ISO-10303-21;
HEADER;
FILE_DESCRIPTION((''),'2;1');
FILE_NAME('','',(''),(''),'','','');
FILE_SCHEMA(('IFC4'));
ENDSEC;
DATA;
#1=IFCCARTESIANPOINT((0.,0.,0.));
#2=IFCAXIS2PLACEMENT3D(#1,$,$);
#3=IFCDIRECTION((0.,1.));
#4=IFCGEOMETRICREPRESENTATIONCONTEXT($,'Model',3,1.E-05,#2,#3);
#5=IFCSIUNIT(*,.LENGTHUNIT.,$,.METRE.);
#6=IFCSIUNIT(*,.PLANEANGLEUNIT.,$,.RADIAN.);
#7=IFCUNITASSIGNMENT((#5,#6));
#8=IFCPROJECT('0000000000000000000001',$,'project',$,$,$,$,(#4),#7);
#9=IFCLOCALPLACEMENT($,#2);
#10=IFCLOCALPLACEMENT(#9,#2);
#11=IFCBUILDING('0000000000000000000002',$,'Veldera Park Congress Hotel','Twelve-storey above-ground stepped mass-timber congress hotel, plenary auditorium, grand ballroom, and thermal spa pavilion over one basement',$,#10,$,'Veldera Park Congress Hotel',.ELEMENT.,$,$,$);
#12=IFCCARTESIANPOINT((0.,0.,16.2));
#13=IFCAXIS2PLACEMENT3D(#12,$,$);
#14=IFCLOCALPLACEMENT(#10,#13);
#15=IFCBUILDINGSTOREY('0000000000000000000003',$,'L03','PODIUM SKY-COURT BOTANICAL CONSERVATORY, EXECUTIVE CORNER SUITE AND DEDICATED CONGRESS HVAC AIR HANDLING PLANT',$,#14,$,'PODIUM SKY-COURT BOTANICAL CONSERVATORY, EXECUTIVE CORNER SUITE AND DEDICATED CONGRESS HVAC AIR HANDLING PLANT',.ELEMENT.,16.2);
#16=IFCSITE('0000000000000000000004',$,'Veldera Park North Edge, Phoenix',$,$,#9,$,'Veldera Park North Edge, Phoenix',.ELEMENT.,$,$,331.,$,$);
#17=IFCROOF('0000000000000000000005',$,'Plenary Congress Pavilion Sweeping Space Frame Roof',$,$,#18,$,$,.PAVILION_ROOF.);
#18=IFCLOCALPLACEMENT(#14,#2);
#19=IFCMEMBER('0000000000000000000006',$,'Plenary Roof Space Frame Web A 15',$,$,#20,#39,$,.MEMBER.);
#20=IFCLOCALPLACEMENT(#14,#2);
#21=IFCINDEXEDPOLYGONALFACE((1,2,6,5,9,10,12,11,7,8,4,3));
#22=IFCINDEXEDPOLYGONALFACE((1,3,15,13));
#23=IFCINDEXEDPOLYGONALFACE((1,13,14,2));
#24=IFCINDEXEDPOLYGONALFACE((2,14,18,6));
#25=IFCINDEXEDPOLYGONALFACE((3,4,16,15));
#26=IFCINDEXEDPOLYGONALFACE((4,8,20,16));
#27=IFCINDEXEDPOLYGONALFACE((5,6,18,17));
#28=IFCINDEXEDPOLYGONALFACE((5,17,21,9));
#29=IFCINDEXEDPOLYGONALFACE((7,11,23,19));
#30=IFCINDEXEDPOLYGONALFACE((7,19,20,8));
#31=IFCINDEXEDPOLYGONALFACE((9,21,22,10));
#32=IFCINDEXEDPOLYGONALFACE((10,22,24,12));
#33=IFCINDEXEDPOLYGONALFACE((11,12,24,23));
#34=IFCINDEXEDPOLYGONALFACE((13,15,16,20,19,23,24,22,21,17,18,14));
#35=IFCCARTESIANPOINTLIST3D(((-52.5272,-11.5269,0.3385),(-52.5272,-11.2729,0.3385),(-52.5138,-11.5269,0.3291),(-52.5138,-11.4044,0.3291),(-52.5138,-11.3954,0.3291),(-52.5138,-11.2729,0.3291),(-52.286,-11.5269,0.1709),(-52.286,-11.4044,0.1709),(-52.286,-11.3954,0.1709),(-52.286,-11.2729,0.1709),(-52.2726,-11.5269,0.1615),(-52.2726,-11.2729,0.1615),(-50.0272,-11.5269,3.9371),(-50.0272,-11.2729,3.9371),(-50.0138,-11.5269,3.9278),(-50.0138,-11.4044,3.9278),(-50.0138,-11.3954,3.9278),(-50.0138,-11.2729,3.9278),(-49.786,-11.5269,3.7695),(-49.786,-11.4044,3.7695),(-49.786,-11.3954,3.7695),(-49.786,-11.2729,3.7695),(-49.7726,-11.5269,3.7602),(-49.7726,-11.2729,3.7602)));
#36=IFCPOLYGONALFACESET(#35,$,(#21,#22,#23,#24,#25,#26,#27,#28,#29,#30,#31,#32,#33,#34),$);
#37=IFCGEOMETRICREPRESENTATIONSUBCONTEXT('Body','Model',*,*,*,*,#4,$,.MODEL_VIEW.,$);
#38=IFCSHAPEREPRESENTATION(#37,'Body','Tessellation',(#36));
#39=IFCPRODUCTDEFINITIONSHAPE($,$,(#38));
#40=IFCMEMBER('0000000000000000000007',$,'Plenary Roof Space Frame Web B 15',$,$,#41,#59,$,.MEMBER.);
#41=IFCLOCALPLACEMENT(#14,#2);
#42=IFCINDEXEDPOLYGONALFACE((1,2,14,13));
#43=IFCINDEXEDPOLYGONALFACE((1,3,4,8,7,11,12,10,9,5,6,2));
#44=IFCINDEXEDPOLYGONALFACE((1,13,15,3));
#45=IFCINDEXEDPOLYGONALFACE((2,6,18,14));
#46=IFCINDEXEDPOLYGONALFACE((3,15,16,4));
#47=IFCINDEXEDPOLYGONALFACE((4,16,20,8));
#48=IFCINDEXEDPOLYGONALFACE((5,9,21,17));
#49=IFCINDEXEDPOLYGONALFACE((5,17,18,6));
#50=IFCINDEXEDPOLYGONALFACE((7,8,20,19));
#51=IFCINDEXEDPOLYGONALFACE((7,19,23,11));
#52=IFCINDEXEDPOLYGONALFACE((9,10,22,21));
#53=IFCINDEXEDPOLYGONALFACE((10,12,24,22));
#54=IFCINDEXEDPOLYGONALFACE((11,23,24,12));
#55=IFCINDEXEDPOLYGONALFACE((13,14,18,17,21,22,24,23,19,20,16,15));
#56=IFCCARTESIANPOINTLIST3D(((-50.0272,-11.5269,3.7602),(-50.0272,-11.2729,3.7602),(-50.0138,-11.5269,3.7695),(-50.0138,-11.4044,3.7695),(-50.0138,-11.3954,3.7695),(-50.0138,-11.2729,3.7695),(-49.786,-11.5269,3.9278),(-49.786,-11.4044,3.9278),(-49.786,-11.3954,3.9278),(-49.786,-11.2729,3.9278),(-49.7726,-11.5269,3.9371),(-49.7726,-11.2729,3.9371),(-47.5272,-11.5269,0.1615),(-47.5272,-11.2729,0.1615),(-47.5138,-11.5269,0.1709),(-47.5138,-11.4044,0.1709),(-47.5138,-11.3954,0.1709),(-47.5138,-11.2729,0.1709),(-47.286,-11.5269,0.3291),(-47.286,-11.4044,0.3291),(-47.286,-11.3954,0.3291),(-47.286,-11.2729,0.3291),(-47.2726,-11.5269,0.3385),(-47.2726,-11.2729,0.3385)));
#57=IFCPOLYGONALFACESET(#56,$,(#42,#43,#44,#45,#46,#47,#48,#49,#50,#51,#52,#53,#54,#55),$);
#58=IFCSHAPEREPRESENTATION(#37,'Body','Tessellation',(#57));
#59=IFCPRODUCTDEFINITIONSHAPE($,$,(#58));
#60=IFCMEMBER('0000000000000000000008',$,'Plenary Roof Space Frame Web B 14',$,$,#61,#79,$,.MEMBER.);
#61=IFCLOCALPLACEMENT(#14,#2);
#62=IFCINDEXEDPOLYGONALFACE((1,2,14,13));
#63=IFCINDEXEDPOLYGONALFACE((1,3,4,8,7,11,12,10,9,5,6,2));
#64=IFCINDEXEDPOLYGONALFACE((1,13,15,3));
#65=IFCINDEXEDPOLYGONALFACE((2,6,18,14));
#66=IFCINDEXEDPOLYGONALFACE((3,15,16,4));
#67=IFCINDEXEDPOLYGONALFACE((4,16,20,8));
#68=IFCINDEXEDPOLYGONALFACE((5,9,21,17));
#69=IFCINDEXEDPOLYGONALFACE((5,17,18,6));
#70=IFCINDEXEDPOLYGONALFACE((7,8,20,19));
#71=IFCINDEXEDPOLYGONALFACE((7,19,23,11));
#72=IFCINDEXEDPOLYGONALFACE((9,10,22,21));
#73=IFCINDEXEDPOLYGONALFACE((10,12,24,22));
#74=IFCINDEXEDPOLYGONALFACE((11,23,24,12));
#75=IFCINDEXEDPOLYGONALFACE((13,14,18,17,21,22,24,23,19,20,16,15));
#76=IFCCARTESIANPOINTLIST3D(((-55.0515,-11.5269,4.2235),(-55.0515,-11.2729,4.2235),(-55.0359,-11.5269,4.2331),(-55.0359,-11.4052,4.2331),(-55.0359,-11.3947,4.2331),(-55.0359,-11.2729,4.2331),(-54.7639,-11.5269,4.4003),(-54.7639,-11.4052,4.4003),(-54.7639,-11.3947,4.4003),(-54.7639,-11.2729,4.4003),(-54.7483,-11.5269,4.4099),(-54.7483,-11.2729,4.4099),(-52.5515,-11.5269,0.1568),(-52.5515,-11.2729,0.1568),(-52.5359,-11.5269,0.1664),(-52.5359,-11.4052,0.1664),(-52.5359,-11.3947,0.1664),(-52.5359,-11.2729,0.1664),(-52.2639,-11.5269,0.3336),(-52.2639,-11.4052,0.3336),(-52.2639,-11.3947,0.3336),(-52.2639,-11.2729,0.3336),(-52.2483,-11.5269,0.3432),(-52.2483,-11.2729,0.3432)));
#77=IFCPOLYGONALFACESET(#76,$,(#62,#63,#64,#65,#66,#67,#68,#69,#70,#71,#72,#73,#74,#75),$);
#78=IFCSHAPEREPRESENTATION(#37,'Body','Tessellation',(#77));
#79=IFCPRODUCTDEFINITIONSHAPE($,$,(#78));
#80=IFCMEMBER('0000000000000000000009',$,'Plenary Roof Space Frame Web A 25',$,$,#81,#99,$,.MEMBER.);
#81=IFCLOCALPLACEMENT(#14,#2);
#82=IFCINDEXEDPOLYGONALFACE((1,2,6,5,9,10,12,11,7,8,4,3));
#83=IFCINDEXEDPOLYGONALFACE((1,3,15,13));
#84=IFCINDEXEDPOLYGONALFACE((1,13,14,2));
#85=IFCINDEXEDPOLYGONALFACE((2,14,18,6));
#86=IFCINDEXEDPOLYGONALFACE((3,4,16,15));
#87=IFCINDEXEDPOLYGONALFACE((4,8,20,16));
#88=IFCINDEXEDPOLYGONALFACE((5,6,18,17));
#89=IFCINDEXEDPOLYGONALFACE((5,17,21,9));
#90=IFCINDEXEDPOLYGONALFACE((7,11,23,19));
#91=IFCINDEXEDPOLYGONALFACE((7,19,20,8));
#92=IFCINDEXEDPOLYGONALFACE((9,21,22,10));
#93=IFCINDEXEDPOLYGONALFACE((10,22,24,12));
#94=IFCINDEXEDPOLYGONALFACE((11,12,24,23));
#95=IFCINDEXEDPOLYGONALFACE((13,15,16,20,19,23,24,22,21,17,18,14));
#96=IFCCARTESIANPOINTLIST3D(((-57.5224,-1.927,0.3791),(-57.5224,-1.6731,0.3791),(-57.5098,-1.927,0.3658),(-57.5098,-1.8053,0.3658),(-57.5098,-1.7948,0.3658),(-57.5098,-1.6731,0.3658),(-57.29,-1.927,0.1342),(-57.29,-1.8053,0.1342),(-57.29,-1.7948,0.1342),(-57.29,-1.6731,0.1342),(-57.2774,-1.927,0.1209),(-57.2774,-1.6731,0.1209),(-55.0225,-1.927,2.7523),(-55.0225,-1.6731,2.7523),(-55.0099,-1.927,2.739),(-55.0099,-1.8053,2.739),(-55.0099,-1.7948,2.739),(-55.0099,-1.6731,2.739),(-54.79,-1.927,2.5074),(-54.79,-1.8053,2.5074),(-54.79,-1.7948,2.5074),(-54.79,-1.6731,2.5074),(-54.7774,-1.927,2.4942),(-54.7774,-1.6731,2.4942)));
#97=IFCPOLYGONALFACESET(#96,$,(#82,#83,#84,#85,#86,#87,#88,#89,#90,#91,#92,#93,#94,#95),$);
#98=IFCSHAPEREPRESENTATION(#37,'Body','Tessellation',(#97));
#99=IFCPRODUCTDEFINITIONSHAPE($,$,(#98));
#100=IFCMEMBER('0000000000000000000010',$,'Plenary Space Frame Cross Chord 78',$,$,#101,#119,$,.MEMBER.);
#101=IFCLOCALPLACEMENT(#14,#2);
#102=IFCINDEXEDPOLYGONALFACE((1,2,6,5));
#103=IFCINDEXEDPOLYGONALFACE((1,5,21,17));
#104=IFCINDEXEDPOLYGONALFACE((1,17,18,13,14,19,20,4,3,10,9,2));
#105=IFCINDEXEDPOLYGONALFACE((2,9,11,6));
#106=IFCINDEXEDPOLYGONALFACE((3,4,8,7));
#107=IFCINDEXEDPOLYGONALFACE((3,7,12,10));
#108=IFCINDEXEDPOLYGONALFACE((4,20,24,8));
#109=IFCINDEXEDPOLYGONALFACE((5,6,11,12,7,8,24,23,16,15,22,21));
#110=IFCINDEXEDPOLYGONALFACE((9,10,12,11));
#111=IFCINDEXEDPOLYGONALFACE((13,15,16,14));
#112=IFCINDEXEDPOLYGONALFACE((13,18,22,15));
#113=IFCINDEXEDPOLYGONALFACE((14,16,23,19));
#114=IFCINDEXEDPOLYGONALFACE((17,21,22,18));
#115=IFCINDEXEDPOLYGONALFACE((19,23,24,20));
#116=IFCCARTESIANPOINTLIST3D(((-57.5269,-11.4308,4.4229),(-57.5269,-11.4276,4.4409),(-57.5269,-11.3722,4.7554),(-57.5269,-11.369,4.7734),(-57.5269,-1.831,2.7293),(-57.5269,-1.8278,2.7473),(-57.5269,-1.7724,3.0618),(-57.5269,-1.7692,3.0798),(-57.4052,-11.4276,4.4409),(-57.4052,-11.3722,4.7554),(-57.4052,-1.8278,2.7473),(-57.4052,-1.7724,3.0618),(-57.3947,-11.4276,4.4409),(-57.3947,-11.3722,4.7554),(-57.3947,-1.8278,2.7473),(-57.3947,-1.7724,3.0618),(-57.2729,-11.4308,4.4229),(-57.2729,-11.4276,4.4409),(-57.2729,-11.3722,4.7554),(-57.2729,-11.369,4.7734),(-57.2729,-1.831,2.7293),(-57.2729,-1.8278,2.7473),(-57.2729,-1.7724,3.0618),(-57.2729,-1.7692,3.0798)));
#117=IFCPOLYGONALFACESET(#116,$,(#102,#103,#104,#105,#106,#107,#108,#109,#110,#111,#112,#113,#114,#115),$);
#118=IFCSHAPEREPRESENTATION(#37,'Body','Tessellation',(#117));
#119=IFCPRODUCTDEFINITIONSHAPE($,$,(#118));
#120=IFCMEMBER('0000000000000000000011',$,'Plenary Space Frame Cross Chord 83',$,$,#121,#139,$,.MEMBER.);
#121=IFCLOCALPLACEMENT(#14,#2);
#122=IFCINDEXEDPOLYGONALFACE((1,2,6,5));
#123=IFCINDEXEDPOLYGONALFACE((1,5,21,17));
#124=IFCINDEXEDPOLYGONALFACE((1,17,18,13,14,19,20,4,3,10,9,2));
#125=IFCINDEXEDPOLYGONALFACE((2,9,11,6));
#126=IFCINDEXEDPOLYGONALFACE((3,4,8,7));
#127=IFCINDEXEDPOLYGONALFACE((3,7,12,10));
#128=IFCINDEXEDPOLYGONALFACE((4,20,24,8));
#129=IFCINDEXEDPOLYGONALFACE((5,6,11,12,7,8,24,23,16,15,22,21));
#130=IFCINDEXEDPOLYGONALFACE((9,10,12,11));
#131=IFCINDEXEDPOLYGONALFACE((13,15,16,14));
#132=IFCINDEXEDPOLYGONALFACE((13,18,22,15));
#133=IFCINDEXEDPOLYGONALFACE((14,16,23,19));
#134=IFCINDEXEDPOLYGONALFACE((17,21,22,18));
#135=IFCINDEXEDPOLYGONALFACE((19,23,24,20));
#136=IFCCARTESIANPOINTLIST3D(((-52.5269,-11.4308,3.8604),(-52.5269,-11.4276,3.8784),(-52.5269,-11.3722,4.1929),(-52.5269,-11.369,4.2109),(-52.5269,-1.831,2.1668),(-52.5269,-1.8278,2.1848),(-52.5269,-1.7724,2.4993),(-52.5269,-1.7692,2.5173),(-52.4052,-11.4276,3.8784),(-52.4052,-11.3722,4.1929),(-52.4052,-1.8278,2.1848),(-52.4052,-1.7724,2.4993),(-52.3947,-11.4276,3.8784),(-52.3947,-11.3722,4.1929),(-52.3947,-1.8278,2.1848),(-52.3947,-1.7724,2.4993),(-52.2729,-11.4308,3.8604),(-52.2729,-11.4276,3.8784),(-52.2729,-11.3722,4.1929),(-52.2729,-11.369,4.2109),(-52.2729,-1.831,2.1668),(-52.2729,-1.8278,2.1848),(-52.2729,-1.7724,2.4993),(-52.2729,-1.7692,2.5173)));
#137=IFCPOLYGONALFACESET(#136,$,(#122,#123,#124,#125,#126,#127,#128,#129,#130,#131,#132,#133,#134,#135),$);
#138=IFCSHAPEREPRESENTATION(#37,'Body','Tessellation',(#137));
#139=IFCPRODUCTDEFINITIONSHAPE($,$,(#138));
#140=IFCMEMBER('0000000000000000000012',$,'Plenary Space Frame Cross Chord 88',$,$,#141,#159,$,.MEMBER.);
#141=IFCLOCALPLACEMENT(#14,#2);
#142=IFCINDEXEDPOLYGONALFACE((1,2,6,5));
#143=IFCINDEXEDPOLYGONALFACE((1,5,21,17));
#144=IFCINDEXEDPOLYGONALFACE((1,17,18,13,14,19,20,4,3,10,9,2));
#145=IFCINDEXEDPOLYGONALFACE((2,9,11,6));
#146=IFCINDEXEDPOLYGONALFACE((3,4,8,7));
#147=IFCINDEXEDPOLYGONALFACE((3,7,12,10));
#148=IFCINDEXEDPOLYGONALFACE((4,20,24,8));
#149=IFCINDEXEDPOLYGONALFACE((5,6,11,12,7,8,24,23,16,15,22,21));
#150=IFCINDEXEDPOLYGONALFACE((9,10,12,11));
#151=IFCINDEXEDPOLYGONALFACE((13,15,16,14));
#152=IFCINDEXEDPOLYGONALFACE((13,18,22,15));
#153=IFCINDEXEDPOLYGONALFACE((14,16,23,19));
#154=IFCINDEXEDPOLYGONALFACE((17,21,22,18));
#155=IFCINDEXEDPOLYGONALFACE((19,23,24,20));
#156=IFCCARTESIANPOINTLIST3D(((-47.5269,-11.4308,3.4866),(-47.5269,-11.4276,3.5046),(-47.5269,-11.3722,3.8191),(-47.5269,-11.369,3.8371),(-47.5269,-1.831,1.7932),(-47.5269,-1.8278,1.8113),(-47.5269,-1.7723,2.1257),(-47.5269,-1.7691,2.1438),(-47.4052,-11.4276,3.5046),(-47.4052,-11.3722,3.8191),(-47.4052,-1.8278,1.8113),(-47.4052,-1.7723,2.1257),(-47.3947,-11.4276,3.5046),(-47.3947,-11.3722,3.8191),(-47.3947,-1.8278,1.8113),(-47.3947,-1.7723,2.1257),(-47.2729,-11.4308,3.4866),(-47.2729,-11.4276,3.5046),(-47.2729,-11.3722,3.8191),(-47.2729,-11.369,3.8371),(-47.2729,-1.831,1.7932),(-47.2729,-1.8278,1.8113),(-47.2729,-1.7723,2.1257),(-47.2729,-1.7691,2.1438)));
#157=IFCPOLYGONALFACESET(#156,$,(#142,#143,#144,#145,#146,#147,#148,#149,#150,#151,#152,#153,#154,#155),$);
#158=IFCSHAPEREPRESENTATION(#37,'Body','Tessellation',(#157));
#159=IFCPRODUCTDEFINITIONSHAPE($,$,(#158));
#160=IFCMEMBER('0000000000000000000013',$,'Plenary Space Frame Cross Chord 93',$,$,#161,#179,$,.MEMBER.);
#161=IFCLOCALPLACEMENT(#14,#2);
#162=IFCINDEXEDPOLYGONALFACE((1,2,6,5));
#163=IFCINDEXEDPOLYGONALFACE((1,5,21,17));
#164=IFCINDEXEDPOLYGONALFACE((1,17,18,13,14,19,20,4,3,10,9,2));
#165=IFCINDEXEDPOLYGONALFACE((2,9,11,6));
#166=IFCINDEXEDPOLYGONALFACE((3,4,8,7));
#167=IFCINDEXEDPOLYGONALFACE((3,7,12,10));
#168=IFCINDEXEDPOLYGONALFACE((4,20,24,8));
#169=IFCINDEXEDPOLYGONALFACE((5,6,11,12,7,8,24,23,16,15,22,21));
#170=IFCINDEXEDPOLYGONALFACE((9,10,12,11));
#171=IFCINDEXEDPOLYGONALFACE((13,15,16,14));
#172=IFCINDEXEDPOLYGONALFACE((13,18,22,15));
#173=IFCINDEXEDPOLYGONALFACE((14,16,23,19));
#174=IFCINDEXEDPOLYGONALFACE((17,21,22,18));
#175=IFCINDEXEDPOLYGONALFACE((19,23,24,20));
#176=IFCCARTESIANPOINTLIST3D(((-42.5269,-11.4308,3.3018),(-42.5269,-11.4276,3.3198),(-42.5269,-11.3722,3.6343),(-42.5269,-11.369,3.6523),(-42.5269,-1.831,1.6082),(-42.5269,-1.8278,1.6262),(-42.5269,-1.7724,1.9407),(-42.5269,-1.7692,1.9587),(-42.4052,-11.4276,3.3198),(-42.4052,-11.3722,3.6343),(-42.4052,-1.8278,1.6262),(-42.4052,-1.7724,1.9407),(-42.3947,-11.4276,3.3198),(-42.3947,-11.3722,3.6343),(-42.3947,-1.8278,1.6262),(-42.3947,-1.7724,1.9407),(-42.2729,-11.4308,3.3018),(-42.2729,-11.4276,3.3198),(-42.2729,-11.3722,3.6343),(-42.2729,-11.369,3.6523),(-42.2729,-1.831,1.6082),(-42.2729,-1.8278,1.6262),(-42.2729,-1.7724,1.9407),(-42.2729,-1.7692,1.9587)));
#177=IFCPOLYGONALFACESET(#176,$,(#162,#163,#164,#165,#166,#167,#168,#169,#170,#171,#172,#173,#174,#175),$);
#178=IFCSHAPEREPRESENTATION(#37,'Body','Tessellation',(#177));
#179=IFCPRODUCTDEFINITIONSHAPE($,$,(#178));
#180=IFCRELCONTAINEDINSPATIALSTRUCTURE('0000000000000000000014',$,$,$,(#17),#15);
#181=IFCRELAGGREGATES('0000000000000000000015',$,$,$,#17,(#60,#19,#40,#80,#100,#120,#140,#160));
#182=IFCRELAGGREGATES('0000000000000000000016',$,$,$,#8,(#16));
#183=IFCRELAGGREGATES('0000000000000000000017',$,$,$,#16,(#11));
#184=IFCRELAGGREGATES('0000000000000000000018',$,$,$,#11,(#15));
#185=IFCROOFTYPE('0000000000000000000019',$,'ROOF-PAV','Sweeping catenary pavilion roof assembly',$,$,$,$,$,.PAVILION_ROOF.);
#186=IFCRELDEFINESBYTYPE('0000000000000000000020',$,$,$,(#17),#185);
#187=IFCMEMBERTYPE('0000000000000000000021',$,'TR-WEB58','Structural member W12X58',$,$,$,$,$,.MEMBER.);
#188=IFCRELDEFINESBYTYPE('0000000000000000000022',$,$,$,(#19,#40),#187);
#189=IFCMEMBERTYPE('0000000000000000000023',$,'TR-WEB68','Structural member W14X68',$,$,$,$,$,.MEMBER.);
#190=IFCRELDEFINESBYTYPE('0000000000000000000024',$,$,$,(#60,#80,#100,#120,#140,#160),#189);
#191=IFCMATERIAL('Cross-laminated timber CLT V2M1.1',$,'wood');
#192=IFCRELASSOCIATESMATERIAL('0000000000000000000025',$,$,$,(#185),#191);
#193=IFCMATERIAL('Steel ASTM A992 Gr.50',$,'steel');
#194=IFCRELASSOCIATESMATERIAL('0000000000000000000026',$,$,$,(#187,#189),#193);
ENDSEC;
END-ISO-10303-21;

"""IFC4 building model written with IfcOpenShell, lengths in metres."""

from ifc_helpers import new_model, si_unit, direction, frame, origin, origin_2d, place, context, subcontext, project, spatial, i_section, extrude, material, material_profile, profile_set, type_object, element, aggregate, save


model = new_model("IFC4")

# Units and contexts
model_context = context("Model", 3, precision=1e-05, world=origin(), true_north=direction((0.0, 1.0)))
body_context = subcontext(model_context, "Body", "Model", "MODEL_VIEW")
ifc_project = project(units=[si_unit("LENGTHUNIT", "METRE"), si_unit("PLANEANGLEUNIT", "RADIAN")], contexts=[model_context])

# Site, building, storey
site_placement = place(None, origin())
site = spatial("IfcSite", under=ifc_project, at=site_placement, Name="Veldera Park North Edge, Phoenix", LongName="Veldera Park North Edge, Phoenix", CompositionType="ELEMENT", RefElevation=331.0)
building_placement = place(site_placement, origin())
building = spatial("IfcBuilding", under=site, at=building_placement, Name="Veldera Park Congress Hotel", Description="Twelve-storey above-ground stepped mass-timber congress hotel, plenary auditorium, grand ballroom, and thermal spa pavilion over one basement", LongName="Veldera Park Congress Hotel", CompositionType="ELEMENT")
storey_placement = place(building_placement, frame((0.0, 0.0, 16.2)))
storey = spatial("IfcBuildingStorey", under=building, at=storey_placement, Name="L03", Description="PODIUM SKY-COURT BOTANICAL CONSERVATORY, EXECUTIVE CORNER SUITE AND DEDICATED CONGRESS HVAC AIR HANDLING PLANT", LongName="PODIUM SKY-COURT BOTANICAL CONSERVATORY, EXECUTIVE CORNER SUITE AND DEDICATED CONGRESS HVAC AIR HANDLING PLANT", CompositionType="ELEMENT", Elevation=16.2)

# Roof, members
ifc_material_1 = material(Name="Cross-laminated timber CLT V2M1.1", Category="wood")
roof_type = type_object("IfcRoofType", Name="ROOF-PAV", Description="Sweeping catenary pavilion roof assembly", PredefinedType="PAVILION_ROOF", material=ifc_material_1)
roof_placement = place(storey_placement, origin())
roof = element("IfcRoof", 1, at=roof_placement, inside=storey, type_object=roof_type, Name="Plenary Congress Pavilion Sweeping Space Frame Roof", PredefinedType="PAVILION_ROOF")
ifc_material_2 = material(Name="Steel ASTM A992 Gr.50", Category="steel")
ifc_material_profile_1 = material_profile(ifc_material_2, i_section(OverallWidth=0.2539, OverallDepth=0.3101, WebThickness=0.009, FlangeThickness=0.0164, at=origin_2d()), Name="W12X58")
ifc_profile_set_1 = profile_set([ifc_material_profile_1], Name="Steel ASTM A992 Gr.50")
member_type_1 = type_object("IfcMemberType", Name="TR-WEB58", Description="Structural member W12X58", PredefinedType="MEMBER", material=ifc_profile_set_1)
member_1_placement = place(storey_placement, frame((-52.3999, -11.3999, 0.25), z_axis=(0.570542, 0.0, 0.821268), x_axis=(0.0, 1.0, 0.0)))
member_1 = element("IfcMember", 2, at=member_1_placement, type_object=member_type_1, Name="Plenary Roof Space Frame Web A 15", PredefinedType="MEMBER", context=body_context, shape_type="SweptSolid", body=[
    extrude(i_section(OverallWidth=0.2539, OverallDepth=0.3101, WebThickness=0.009, FlangeThickness=0.0164, at=origin_2d()), origin(), (0.0, 0.0, 1.0), 4.3818),
])
member_2_placement = place(storey_placement, frame((-47.3999, -11.3999, 0.25), z_axis=(-0.570542, 0.0, 0.821268), x_axis=(0.0, -1.0, 0.0)))
member_2 = element("IfcMember", 3, at=member_2_placement, type_object=member_type_1, Name="Plenary Roof Space Frame Web B 15", PredefinedType="MEMBER", context=body_context, shape_type="SweptSolid", body=[
    extrude(i_section(OverallWidth=0.2539, OverallDepth=0.3101, WebThickness=0.009, FlangeThickness=0.0164, at=origin_2d()), origin(), (0.0, 0.0, 1.0), 4.3818),
])
ifc_material_profile_2 = material_profile(ifc_material_2, i_section(OverallWidth=0.2539, OverallDepth=0.356, WebThickness=0.0105, FlangeThickness=0.0183, at=origin_2d()), Name="W14X68")
ifc_profile_set_2 = profile_set([ifc_material_profile_2], Name="Steel ASTM A992 Gr.50")
member_type_2 = type_object("IfcMemberType", Name="TR-WEB68", Description="Structural member W14X68", PredefinedType="MEMBER", material=ifc_profile_set_2)
member_3_placement = place(storey_placement, frame((-52.3999, -11.3999, 0.25), z_axis=(-0.523709, 0.0, 0.851897), x_axis=(0.0, -1.0, 0.0)))
member_3 = element("IfcMember", 4, at=member_3_placement, type_object=member_type_2, Name="Plenary Roof Space Frame Web B 14", PredefinedType="MEMBER", context=body_context, shape_type="SweptSolid", body=[
    extrude(i_section(OverallWidth=0.2539, OverallDepth=0.356, WebThickness=0.0105, FlangeThickness=0.0183, at=origin_2d()), origin(), (0.0, 0.0, 1.0), 4.7737),
])
member_4_placement = place(storey_placement, frame((-57.3999, -1.8, 0.25), z_axis=(0.725247, 0.0, 0.688489), x_axis=(0.0, 1.0, 0.0)))
member_4 = element("IfcMember", 5, at=member_4_placement, type_object=member_type_2, Name="Plenary Roof Space Frame Web A 25", PredefinedType="MEMBER", context=body_context, shape_type="SweptSolid", body=[
    extrude(i_section(OverallWidth=0.2539, OverallDepth=0.356, WebThickness=0.0105, FlangeThickness=0.0183, at=origin_2d()), origin(), (0.0, 0.0, 1.0), 3.447),
])
member_5_placement = place(storey_placement, frame((-57.3999, -11.3999, 4.5981), z_axis=(0.0, 0.984792, -0.173737), x_axis=(-1.0, 0.0, 0.0)))
member_5 = element("IfcMember", 6, at=member_5_placement, type_object=member_type_2, Name="Plenary Space Frame Cross Chord 78", PredefinedType="MEMBER", context=body_context, shape_type="SweptSolid", body=[
    extrude(i_section(OverallWidth=0.2539, OverallDepth=0.356, WebThickness=0.0105, FlangeThickness=0.0183, at=origin_2d()), origin(), (0.0, 0.0, 1.0), 9.748),
])
member_6_placement = place(storey_placement, frame((-52.3999, -11.3999, 4.0356), z_axis=(0.0, 0.984792, -0.173737), x_axis=(-1.0, 0.0, 0.0)))
member_6 = element("IfcMember", 7, at=member_6_placement, type_object=member_type_2, Name="Plenary Space Frame Cross Chord 83", PredefinedType="MEMBER", context=body_context, shape_type="SweptSolid", body=[
    extrude(i_section(OverallWidth=0.2539, OverallDepth=0.356, WebThickness=0.0105, FlangeThickness=0.0183, at=origin_2d()), origin(), (0.0, 0.0, 1.0), 9.748),
])
member_7_placement = place(storey_placement, frame((-47.3999, -11.3999, 3.6619), z_axis=(0.0, 0.984796, -0.173712), x_axis=(-1.0, 0.0, 0.0)))
member_7 = element("IfcMember", 8, at=member_7_placement, type_object=member_type_2, Name="Plenary Space Frame Cross Chord 88", PredefinedType="MEMBER", context=body_context, shape_type="SweptSolid", body=[
    extrude(i_section(OverallWidth=0.2539, OverallDepth=0.356, WebThickness=0.0105, FlangeThickness=0.0183, at=origin_2d()), origin(), (0.0, 0.0, 1.0), 9.748),
])
member_8_placement = place(storey_placement, frame((-42.3999, -11.3999, 3.4771), z_axis=(0.0, 0.984792, -0.173737), x_axis=(-1.0, 0.0, 0.0)))
member_8 = element("IfcMember", 9, at=member_8_placement, type_object=member_type_2, Name="Plenary Space Frame Cross Chord 93", PredefinedType="MEMBER", context=body_context, shape_type="SweptSolid", body=[
    extrude(i_section(OverallWidth=0.2539, OverallDepth=0.356, WebThickness=0.0105, FlangeThickness=0.0183, at=origin_2d()), origin(), (0.0, 0.0, 1.0), 9.748),
])
aggregate(roof, [member_3, member_1, member_2, member_4, member_5, member_6, member_7, member_8])

save(model, "model.ifc")
